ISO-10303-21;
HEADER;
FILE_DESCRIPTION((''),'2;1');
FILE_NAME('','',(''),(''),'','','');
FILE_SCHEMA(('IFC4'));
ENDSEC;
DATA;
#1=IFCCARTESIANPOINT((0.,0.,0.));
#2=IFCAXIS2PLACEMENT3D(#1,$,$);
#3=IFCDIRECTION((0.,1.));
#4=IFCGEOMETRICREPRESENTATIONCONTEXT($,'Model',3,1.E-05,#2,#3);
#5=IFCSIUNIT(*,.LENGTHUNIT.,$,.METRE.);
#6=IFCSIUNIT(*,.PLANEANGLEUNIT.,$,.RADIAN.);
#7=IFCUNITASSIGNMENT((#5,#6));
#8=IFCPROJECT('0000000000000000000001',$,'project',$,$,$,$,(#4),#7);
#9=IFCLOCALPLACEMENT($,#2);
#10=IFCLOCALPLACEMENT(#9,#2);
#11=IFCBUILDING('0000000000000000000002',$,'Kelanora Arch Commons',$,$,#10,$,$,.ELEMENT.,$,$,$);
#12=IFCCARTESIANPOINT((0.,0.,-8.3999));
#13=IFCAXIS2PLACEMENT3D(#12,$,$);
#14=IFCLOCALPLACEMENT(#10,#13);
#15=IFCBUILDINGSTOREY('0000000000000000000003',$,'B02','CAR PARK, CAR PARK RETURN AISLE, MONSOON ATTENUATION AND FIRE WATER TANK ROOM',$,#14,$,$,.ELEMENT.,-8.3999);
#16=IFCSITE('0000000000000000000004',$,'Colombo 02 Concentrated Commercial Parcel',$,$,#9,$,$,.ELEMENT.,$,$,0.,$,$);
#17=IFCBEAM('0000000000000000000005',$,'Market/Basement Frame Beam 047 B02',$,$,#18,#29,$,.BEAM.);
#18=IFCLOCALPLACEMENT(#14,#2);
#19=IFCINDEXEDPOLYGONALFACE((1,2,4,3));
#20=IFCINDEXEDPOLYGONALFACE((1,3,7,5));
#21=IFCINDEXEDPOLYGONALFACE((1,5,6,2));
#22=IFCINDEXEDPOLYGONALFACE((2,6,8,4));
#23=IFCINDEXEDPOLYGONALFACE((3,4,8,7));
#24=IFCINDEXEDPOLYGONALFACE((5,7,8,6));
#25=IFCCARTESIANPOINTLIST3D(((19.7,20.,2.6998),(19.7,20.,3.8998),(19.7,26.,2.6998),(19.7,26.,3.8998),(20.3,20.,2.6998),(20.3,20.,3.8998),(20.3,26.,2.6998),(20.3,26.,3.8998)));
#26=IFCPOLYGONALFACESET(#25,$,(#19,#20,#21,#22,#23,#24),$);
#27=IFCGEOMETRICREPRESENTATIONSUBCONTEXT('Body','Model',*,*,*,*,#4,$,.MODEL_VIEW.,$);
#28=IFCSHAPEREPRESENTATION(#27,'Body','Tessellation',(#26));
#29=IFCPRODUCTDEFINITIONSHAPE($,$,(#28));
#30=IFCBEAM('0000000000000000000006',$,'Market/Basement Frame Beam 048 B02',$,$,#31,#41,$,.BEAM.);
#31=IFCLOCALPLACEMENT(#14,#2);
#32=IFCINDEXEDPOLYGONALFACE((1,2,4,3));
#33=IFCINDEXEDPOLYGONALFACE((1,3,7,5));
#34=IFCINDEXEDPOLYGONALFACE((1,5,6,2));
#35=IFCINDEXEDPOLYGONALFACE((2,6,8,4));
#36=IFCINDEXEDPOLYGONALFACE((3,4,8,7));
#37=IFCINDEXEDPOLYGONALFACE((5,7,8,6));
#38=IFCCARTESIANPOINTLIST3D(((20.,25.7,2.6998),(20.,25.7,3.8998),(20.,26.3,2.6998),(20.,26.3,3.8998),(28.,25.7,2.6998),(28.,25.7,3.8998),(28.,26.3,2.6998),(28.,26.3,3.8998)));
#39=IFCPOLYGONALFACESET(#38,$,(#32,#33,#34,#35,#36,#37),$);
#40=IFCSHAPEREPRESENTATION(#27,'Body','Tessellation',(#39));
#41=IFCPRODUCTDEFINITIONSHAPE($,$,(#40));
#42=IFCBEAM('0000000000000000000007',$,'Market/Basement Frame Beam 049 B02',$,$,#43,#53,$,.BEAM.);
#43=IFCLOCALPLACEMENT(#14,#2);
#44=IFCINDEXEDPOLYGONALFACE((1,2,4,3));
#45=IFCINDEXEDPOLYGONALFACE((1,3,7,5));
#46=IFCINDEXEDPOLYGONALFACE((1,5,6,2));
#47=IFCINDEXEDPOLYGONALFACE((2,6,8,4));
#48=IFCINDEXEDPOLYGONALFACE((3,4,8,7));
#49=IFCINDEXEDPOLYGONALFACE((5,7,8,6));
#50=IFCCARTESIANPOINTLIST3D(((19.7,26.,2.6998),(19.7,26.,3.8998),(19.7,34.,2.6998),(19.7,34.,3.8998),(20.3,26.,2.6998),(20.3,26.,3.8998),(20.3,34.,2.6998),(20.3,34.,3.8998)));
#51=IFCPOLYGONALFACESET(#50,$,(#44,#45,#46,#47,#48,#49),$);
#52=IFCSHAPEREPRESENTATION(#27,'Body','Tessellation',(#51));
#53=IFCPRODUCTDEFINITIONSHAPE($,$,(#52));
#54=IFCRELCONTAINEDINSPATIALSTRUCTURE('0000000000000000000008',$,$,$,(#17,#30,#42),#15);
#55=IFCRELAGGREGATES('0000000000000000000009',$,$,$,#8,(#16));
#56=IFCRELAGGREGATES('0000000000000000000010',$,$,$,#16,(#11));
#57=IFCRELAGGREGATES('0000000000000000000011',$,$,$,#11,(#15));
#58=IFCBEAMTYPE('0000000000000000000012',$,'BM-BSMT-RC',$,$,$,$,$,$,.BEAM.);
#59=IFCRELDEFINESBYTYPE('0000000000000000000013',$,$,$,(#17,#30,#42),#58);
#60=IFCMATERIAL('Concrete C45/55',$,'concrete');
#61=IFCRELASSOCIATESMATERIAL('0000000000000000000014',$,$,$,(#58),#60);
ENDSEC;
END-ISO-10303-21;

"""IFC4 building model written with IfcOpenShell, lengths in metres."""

from ifc_helpers import new_model, si_unit, direction, frame, origin, origin_2d, place, context, subcontext, project, spatial, rectangle, extrude, material, material_profile, profile_set, type_object, element, save


model = new_model("IFC4")

# Units and contexts
model_context = context("Model", 3, precision=1e-05, world=origin(), true_north=direction((0.0, 1.0)))
body_context = subcontext(model_context, "Body", "Model", "MODEL_VIEW")
ifc_project = project(units=[si_unit("LENGTHUNIT", "METRE"), si_unit("PLANEANGLEUNIT", "RADIAN")], contexts=[model_context])

# Site, building, storey
site_placement = place(None, origin())
site = spatial("IfcSite", under=ifc_project, at=site_placement, Name="Colombo 02 Concentrated Commercial Parcel", CompositionType="ELEMENT", RefElevation=0.0)
building_placement = place(site_placement, origin())
building = spatial("IfcBuilding", under=site, at=building_placement, Name="Kelanora Arch Commons", CompositionType="ELEMENT")
storey_placement = place(building_placement, frame((0.0, 0.0, -8.3999)))
storey = spatial("IfcBuildingStorey", under=building, at=storey_placement, Name="B02", Description="CAR PARK, CAR PARK RETURN AISLE, MONSOON ATTENUATION AND FIRE WATER TANK ROOM", CompositionType="ELEMENT", Elevation=-8.3999)

# Shared definitions
ifc_material_1 = material(Name="Concrete C45/55", Category="concrete")

# Beams
ifc_material_profile_1 = material_profile(ifc_material_1, rectangle(XDim=0.6001, YDim=1.2, at=origin_2d()), Name="RCB600x1200")
ifc_profile_set_1 = profile_set([ifc_material_profile_1], Name="Concrete C45/55")
beam_type = type_object("IfcBeamType", Name="BM-BSMT-RC", PredefinedType="BEAM", material=ifc_profile_set_1)
beam_1_placement = place(storey_placement, frame((20.0, 20.0, 3.2998), z_axis=(0.0, 1.0, 0.0), x_axis=(-1.0, 0.0, 0.0)))
element("IfcBeam", 1, at=beam_1_placement, inside=storey, type_object=beam_type, Name="Market/Basement Frame Beam 047 B02", PredefinedType="BEAM", context=body_context, shape_type="SweptSolid", body=[
    extrude(rectangle(XDim=0.6001, YDim=1.2, at=origin_2d()), origin(), (0.0, 0.0, 1.0), 6.0),
])
for number, where, z_axis, x_axis, name in (
    (2, (20.0, 26.0, 3.2998), (1.0, 0.0, 0.0), (0.0, 1.0, 0.0), "Market/Basement Frame Beam 048 B02"),
    (3, (20.0, 26.0, 3.2998), (0.0, 1.0, 0.0), (-1.0, 0.0, 0.0), "Market/Basement Frame Beam 049 B02"),
):
    element("IfcBeam", number, at=place(storey_placement, frame(where, z_axis=z_axis, x_axis=x_axis)), inside=storey, type_object=beam_type, Name=name, PredefinedType="BEAM", context=body_context, shape_type="SweptSolid", body=[
        extrude(rectangle(XDim=0.6001, YDim=1.2, at=origin_2d()), origin(), (0.0, 0.0, 1.0), 8.0),
    ])

save(model, "model.ifc")
